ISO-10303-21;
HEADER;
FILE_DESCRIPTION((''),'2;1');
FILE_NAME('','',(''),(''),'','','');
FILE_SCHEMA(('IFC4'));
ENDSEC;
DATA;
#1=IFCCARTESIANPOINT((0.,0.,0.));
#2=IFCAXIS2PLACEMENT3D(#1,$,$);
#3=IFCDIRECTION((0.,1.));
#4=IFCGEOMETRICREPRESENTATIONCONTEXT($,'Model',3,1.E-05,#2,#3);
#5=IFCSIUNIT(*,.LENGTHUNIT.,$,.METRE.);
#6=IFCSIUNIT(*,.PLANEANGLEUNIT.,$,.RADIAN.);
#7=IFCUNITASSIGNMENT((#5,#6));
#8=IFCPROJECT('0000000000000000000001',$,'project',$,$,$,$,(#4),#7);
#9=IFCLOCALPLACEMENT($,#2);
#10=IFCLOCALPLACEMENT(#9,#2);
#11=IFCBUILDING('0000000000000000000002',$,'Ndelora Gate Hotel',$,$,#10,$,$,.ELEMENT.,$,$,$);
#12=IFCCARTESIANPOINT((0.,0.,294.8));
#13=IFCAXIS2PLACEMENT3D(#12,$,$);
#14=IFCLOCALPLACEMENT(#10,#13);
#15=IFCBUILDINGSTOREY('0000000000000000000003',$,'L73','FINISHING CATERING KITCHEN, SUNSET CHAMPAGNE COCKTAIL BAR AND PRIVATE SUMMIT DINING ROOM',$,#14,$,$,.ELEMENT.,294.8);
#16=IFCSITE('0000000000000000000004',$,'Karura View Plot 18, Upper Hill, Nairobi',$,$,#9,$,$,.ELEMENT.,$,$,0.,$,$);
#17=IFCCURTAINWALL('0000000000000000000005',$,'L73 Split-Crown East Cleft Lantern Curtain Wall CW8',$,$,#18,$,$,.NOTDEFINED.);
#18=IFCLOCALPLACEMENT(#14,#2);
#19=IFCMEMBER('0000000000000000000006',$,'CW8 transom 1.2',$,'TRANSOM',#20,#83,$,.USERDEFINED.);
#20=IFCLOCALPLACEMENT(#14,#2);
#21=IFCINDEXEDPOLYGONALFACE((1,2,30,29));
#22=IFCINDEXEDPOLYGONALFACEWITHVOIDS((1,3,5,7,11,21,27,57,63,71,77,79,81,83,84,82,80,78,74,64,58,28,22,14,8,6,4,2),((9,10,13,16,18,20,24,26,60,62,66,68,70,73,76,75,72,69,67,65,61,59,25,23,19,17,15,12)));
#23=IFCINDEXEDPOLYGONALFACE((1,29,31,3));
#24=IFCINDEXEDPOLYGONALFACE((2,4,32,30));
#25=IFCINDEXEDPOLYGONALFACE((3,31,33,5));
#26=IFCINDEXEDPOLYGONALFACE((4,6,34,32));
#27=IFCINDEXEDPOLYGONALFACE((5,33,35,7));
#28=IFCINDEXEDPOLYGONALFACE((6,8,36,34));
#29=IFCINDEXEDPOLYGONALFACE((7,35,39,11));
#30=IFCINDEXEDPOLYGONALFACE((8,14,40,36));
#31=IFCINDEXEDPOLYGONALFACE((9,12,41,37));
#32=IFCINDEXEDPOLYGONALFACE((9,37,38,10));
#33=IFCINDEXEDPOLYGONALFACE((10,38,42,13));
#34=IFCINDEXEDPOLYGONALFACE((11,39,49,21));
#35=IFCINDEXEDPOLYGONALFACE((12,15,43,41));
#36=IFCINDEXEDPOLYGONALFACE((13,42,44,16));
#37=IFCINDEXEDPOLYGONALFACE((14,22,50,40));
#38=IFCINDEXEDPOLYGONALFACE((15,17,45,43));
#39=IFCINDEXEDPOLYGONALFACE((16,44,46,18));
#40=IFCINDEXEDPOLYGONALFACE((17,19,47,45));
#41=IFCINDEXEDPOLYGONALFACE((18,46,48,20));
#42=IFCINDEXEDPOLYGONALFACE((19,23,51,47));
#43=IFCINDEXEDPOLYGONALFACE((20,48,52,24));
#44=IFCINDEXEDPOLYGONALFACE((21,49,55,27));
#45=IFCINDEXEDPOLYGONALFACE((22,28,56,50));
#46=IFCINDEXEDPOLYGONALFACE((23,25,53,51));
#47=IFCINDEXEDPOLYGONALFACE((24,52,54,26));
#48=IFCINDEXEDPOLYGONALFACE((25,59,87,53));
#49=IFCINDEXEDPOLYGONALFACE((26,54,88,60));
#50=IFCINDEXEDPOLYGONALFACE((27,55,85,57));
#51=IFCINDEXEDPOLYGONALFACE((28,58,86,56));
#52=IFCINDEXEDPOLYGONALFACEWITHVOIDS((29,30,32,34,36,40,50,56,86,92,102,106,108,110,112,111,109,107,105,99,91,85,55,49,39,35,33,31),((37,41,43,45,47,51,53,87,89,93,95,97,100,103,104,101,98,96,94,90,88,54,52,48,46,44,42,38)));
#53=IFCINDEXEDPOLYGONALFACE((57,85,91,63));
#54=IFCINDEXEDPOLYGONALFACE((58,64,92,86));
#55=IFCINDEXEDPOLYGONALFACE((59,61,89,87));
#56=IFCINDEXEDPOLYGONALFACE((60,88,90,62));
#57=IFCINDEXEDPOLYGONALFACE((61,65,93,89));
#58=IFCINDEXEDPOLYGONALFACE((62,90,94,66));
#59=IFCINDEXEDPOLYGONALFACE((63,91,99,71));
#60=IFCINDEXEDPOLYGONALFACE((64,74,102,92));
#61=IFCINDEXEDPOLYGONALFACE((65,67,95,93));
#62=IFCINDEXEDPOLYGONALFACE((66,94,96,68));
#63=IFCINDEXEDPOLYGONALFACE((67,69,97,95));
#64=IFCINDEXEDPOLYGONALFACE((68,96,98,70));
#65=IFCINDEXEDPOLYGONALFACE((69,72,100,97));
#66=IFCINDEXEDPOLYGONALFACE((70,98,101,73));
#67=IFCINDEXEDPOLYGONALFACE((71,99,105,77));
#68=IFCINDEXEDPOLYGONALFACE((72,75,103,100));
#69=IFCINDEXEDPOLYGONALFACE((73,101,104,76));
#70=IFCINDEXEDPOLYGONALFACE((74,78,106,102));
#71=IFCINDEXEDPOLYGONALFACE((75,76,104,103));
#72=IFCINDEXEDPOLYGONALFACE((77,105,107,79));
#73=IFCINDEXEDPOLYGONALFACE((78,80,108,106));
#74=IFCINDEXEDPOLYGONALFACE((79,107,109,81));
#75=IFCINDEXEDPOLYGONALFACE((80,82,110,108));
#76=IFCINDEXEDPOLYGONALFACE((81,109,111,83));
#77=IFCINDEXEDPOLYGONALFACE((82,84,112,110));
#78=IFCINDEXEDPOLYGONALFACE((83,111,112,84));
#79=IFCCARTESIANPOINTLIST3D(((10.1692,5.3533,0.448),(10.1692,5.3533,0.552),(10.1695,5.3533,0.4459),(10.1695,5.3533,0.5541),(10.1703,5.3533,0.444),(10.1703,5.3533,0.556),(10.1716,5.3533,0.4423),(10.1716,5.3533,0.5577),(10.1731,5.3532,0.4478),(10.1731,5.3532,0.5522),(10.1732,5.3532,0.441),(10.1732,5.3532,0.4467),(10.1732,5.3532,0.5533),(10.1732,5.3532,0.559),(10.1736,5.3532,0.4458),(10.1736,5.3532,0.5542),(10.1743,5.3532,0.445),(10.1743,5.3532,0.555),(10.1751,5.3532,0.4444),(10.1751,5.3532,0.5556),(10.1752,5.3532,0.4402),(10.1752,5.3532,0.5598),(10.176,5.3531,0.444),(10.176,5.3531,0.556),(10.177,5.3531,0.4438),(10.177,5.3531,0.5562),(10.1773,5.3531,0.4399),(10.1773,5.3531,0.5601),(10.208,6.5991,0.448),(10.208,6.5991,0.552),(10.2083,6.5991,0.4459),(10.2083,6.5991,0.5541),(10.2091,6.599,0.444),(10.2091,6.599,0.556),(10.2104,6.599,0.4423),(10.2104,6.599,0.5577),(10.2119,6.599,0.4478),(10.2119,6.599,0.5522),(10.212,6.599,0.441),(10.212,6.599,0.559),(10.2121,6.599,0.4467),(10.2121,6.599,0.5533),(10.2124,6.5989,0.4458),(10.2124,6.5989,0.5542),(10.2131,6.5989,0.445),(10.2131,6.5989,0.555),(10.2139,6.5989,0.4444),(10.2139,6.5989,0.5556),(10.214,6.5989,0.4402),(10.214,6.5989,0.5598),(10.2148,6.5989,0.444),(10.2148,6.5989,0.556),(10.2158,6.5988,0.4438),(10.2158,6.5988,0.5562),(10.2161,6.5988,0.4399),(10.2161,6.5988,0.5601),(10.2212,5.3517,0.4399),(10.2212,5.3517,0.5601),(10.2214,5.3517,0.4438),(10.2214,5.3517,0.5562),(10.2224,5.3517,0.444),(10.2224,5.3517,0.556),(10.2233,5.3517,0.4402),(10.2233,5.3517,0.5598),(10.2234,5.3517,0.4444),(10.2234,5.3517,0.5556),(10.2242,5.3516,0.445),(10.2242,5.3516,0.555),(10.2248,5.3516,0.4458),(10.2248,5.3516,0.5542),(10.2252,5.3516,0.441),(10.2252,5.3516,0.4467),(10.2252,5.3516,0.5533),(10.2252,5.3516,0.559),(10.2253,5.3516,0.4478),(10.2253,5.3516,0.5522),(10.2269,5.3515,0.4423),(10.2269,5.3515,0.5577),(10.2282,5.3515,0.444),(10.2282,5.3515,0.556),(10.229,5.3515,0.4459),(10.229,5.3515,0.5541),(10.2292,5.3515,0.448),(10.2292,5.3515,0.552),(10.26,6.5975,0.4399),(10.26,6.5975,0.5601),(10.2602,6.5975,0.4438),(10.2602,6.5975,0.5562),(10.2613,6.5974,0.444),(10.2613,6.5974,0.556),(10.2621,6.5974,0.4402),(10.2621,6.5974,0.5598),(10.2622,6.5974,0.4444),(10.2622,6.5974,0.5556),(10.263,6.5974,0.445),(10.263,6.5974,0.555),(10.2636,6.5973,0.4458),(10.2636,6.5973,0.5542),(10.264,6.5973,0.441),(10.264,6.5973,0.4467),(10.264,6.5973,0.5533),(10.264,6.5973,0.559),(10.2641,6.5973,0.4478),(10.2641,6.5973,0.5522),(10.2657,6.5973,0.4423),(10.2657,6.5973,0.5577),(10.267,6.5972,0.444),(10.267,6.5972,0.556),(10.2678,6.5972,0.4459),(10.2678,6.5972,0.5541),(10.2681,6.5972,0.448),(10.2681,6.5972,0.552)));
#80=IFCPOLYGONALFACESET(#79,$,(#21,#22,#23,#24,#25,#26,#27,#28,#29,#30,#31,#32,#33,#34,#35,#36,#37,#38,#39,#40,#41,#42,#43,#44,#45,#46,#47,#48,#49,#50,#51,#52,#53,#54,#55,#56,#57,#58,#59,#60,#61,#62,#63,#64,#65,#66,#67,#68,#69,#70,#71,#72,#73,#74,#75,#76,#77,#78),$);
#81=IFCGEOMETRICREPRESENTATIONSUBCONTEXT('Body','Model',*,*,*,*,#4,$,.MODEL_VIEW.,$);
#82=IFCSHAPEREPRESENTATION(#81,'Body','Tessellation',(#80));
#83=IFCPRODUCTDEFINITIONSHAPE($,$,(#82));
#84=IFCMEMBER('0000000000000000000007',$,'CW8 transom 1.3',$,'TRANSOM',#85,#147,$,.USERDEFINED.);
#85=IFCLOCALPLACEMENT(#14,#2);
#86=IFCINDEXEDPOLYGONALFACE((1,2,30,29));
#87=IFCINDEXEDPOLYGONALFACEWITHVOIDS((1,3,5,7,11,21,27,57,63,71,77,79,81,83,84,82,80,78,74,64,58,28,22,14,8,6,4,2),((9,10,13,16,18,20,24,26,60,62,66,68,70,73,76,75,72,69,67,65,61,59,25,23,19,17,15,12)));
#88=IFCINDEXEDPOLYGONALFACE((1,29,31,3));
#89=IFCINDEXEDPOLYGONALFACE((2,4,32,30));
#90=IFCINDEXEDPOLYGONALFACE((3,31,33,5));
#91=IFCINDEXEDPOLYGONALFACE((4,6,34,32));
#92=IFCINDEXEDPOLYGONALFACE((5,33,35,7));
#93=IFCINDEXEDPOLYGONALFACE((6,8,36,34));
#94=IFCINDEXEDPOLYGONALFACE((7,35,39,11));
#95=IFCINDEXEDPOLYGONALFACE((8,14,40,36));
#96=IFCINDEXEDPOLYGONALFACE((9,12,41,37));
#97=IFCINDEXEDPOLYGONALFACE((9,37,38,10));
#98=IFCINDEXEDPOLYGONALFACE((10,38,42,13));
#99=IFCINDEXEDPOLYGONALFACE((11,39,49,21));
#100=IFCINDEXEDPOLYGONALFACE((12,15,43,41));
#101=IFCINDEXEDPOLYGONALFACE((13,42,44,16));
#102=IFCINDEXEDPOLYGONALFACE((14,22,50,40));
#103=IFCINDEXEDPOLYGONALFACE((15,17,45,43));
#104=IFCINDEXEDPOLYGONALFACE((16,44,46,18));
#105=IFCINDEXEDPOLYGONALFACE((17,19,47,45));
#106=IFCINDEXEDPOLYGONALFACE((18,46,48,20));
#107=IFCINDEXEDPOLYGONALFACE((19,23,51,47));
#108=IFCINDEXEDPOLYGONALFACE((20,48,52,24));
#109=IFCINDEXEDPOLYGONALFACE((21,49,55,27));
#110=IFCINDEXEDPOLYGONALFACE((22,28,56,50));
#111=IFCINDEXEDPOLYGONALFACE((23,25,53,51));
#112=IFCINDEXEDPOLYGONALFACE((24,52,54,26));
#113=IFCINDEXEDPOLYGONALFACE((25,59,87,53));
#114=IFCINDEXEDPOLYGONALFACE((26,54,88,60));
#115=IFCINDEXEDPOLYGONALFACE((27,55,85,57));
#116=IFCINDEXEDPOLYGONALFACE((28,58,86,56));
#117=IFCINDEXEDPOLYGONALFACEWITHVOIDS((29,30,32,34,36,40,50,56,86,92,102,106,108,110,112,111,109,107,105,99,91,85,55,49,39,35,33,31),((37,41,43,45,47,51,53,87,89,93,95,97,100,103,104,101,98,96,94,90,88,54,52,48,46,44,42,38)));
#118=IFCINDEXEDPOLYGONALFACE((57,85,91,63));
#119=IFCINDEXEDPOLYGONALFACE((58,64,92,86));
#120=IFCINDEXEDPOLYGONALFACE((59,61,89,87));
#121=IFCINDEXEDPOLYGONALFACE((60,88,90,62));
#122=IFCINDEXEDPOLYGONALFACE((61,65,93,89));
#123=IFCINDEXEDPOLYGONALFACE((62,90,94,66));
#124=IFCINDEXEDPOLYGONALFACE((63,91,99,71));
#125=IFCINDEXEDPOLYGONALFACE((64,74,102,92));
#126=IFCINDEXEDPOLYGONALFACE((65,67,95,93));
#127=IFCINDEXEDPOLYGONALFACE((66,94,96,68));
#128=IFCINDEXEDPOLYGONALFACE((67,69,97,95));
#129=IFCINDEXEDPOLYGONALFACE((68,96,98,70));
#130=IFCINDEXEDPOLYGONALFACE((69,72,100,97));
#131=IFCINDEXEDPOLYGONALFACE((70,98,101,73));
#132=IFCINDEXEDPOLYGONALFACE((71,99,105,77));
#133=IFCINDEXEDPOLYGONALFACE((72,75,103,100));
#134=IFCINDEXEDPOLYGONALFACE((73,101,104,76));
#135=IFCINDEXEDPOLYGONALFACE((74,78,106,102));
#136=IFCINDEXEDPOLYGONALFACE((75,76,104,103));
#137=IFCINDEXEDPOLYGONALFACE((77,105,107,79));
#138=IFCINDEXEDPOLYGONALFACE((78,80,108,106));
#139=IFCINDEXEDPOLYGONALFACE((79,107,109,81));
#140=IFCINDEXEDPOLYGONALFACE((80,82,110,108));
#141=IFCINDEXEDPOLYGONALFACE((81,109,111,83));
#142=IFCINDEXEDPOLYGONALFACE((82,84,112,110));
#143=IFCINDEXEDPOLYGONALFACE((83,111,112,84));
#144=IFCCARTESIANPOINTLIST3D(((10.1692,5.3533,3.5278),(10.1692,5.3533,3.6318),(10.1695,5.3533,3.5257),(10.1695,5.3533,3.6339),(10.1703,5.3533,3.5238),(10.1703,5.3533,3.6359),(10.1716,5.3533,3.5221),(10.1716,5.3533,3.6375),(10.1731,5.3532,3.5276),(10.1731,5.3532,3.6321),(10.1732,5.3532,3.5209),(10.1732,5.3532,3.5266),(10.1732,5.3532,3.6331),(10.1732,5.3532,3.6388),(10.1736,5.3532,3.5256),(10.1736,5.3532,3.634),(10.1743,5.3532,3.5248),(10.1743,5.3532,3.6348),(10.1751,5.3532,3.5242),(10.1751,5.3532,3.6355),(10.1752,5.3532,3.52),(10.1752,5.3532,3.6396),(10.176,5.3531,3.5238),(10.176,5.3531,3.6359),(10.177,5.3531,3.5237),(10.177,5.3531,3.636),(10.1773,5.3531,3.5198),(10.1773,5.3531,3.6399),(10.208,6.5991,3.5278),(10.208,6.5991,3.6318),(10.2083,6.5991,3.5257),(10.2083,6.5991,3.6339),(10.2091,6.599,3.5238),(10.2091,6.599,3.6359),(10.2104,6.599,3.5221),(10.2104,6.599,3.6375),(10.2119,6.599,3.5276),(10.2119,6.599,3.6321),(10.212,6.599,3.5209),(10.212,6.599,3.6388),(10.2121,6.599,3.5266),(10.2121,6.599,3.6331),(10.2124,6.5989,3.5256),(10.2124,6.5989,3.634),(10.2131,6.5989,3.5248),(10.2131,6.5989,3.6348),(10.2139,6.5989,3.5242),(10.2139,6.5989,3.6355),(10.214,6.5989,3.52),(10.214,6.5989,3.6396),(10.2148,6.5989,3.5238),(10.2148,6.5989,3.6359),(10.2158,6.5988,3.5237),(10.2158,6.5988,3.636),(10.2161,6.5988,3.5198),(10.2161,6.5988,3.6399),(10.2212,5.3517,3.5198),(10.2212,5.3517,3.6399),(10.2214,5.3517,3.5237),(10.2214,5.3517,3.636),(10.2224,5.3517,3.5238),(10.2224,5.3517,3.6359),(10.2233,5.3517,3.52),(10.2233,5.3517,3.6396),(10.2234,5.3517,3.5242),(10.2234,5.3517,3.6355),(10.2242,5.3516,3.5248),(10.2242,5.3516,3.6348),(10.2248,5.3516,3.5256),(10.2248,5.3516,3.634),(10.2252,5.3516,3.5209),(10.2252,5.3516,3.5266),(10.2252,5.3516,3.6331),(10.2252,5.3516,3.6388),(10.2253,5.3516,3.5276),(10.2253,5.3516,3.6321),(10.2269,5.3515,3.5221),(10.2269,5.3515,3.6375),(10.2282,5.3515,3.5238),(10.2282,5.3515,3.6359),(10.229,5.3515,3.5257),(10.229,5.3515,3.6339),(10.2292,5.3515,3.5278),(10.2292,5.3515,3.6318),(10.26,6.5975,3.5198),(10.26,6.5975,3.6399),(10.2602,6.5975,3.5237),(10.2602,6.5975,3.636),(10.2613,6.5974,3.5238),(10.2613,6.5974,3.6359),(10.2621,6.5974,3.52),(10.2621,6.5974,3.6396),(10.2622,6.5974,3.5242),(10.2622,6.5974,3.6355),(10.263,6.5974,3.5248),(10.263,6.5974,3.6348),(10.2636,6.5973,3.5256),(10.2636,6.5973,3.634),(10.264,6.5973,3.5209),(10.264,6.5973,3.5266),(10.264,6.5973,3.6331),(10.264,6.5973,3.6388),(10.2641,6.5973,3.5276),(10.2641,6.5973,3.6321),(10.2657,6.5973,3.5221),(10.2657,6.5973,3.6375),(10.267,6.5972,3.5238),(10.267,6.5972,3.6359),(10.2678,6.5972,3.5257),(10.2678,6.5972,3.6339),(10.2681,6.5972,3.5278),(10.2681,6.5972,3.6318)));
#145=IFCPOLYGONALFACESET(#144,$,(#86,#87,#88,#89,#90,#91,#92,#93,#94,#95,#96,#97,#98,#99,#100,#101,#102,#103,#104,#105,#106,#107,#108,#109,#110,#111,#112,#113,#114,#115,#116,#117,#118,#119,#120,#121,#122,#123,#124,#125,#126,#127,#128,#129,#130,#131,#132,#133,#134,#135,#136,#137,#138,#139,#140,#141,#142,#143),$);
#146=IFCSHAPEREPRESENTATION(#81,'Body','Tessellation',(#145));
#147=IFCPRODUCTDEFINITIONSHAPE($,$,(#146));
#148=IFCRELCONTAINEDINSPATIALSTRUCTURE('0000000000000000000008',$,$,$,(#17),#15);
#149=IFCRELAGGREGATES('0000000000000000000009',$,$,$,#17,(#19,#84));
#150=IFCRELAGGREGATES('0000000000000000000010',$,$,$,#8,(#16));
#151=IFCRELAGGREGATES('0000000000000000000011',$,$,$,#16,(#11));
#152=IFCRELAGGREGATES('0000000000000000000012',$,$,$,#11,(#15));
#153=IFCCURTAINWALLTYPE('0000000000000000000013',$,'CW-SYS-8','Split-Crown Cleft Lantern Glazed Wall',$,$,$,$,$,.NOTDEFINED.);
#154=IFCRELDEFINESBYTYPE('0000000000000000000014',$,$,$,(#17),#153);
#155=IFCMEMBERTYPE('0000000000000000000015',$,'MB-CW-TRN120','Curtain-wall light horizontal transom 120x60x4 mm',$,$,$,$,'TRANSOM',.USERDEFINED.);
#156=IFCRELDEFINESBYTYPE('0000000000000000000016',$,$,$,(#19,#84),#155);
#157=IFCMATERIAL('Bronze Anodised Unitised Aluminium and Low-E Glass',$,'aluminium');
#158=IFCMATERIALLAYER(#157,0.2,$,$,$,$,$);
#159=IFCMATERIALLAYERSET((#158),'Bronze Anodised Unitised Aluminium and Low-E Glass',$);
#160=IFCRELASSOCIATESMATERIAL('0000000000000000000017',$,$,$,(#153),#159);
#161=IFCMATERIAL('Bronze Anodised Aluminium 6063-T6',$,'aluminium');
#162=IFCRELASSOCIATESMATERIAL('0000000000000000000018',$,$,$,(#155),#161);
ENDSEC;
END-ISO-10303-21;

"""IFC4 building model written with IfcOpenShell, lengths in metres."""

from ifc_helpers import new_model, si_unit, direction, frame, origin, origin_2d, place, context, subcontext, project, spatial, hollow_rectangle, extrude, material, layer, layer_set, material_profile, profile_set, type_object, element, aggregate, save


model = new_model("IFC4")

# Units and contexts
model_context = context("Model", 3, precision=1e-05, world=origin(), true_north=direction((0.0, 1.0)))
body_context = subcontext(model_context, "Body", "Model", "MODEL_VIEW")
ifc_project = project(units=[si_unit("LENGTHUNIT", "METRE"), si_unit("PLANEANGLEUNIT", "RADIAN")], contexts=[model_context])

# Site, building, storey
site_placement = place(None, origin())
site = spatial("IfcSite", under=ifc_project, at=site_placement, Name="Karura View Plot 18, Upper Hill, Nairobi", CompositionType="ELEMENT", RefElevation=0.0)
building_placement = place(site_placement, origin())
building = spatial("IfcBuilding", under=site, at=building_placement, Name="Ndelora Gate Hotel", CompositionType="ELEMENT")
storey_placement = place(building_placement, frame((0.0, 0.0, 294.8)))
storey = spatial("IfcBuildingStorey", under=building, at=storey_placement, Name="L73", Description="FINISHING CATERING KITCHEN, SUNSET CHAMPAGNE COCKTAIL BAR AND PRIVATE SUMMIT DINING ROOM", CompositionType="ELEMENT", Elevation=294.8)

# Shared definitions
ifc_material_1 = material(Name="Bronze Anodised Unitised Aluminium and Low-E Glass", Category="aluminium")
ifc_layer_1 = layer(ifc_material_1, 0.2)
ifc_layer_set_1 = layer_set([ifc_layer_1], Name="Bronze Anodised Unitised Aluminium and Low-E Glass")
curtain_wall_type = type_object("IfcCurtainWallType", Name="CW-SYS-8", Description="Split-Crown Cleft Lantern Glazed Wall", PredefinedType="NOTDEFINED", material=ifc_layer_set_1)
ifc_material_2 = material(Name="Bronze Anodised Aluminium 6063-T6", Category="aluminium")

# Curtain wall, members
curtain_wall_1_placement = place(storey_placement, origin())
curtain_wall_1 = element("IfcCurtainWall", 1, at=curtain_wall_1_placement, inside=storey, type_object=curtain_wall_type, Name="L73 Split-Crown East Cleft Lantern Curtain Wall CW8", PredefinedType="NOTDEFINED")
ifc_material_profile_1 = material_profile(ifc_material_2, hollow_rectangle(XDim=0.0601, YDim=0.1201, WallThickness=0.0039, InnerFilletRadius=0.0039, OuterFilletRadius=0.0081, at=origin_2d()), Name="ALU 120x60x4")
ifc_profile_set_1 = profile_set([ifc_material_profile_1], Name="Bronze Anodised Aluminium 6063-T6")
member_type_1 = type_object("IfcMemberType", Name="MB-CW-TRN120", Description="Curtain-wall light horizontal transom 120x60x4 mm", ElementType="TRANSOM", PredefinedType="USERDEFINED", material=ifc_profile_set_1)
member_1_placement = place(storey_placement, frame((10.238, 6.5981, 0.5), z_axis=(-0.031143, -0.999515, 0.0), x_axis=(0.999515, -0.031143, 0.0)))
member_1 = element("IfcMember", 2, at=member_1_placement, type_object=member_type_1, Name="CW8 transom 1.2", ObjectType="TRANSOM", PredefinedType="USERDEFINED", context=body_context, shape_type="SweptSolid", body=[
    extrude(hollow_rectangle(XDim=0.0601, YDim=0.1201, WallThickness=0.0039, InnerFilletRadius=0.0039, OuterFilletRadius=0.0081, at=origin_2d()), origin(), (0.0, 0.0, 1.0), 1.2463),
])
member_2_placement = place(storey_placement, frame((10.238, 6.5981, 3.5798), z_axis=(-0.031143, -0.999515, 0.0), x_axis=(0.999515, -0.031143, 0.0)))
member_2 = element("IfcMember", 3, at=member_2_placement, type_object=member_type_1, Name="CW8 transom 1.3", ObjectType="TRANSOM", PredefinedType="USERDEFINED", context=body_context, shape_type="SweptSolid", body=[
    extrude(hollow_rectangle(XDim=0.0601, YDim=0.1201, WallThickness=0.0039, InnerFilletRadius=0.0039, OuterFilletRadius=0.0081, at=origin_2d()), origin(), (0.0, 0.0, 1.0), 1.2463),
])
aggregate(curtain_wall_1, [member_1, member_2])

save(model, "model.ifc")
